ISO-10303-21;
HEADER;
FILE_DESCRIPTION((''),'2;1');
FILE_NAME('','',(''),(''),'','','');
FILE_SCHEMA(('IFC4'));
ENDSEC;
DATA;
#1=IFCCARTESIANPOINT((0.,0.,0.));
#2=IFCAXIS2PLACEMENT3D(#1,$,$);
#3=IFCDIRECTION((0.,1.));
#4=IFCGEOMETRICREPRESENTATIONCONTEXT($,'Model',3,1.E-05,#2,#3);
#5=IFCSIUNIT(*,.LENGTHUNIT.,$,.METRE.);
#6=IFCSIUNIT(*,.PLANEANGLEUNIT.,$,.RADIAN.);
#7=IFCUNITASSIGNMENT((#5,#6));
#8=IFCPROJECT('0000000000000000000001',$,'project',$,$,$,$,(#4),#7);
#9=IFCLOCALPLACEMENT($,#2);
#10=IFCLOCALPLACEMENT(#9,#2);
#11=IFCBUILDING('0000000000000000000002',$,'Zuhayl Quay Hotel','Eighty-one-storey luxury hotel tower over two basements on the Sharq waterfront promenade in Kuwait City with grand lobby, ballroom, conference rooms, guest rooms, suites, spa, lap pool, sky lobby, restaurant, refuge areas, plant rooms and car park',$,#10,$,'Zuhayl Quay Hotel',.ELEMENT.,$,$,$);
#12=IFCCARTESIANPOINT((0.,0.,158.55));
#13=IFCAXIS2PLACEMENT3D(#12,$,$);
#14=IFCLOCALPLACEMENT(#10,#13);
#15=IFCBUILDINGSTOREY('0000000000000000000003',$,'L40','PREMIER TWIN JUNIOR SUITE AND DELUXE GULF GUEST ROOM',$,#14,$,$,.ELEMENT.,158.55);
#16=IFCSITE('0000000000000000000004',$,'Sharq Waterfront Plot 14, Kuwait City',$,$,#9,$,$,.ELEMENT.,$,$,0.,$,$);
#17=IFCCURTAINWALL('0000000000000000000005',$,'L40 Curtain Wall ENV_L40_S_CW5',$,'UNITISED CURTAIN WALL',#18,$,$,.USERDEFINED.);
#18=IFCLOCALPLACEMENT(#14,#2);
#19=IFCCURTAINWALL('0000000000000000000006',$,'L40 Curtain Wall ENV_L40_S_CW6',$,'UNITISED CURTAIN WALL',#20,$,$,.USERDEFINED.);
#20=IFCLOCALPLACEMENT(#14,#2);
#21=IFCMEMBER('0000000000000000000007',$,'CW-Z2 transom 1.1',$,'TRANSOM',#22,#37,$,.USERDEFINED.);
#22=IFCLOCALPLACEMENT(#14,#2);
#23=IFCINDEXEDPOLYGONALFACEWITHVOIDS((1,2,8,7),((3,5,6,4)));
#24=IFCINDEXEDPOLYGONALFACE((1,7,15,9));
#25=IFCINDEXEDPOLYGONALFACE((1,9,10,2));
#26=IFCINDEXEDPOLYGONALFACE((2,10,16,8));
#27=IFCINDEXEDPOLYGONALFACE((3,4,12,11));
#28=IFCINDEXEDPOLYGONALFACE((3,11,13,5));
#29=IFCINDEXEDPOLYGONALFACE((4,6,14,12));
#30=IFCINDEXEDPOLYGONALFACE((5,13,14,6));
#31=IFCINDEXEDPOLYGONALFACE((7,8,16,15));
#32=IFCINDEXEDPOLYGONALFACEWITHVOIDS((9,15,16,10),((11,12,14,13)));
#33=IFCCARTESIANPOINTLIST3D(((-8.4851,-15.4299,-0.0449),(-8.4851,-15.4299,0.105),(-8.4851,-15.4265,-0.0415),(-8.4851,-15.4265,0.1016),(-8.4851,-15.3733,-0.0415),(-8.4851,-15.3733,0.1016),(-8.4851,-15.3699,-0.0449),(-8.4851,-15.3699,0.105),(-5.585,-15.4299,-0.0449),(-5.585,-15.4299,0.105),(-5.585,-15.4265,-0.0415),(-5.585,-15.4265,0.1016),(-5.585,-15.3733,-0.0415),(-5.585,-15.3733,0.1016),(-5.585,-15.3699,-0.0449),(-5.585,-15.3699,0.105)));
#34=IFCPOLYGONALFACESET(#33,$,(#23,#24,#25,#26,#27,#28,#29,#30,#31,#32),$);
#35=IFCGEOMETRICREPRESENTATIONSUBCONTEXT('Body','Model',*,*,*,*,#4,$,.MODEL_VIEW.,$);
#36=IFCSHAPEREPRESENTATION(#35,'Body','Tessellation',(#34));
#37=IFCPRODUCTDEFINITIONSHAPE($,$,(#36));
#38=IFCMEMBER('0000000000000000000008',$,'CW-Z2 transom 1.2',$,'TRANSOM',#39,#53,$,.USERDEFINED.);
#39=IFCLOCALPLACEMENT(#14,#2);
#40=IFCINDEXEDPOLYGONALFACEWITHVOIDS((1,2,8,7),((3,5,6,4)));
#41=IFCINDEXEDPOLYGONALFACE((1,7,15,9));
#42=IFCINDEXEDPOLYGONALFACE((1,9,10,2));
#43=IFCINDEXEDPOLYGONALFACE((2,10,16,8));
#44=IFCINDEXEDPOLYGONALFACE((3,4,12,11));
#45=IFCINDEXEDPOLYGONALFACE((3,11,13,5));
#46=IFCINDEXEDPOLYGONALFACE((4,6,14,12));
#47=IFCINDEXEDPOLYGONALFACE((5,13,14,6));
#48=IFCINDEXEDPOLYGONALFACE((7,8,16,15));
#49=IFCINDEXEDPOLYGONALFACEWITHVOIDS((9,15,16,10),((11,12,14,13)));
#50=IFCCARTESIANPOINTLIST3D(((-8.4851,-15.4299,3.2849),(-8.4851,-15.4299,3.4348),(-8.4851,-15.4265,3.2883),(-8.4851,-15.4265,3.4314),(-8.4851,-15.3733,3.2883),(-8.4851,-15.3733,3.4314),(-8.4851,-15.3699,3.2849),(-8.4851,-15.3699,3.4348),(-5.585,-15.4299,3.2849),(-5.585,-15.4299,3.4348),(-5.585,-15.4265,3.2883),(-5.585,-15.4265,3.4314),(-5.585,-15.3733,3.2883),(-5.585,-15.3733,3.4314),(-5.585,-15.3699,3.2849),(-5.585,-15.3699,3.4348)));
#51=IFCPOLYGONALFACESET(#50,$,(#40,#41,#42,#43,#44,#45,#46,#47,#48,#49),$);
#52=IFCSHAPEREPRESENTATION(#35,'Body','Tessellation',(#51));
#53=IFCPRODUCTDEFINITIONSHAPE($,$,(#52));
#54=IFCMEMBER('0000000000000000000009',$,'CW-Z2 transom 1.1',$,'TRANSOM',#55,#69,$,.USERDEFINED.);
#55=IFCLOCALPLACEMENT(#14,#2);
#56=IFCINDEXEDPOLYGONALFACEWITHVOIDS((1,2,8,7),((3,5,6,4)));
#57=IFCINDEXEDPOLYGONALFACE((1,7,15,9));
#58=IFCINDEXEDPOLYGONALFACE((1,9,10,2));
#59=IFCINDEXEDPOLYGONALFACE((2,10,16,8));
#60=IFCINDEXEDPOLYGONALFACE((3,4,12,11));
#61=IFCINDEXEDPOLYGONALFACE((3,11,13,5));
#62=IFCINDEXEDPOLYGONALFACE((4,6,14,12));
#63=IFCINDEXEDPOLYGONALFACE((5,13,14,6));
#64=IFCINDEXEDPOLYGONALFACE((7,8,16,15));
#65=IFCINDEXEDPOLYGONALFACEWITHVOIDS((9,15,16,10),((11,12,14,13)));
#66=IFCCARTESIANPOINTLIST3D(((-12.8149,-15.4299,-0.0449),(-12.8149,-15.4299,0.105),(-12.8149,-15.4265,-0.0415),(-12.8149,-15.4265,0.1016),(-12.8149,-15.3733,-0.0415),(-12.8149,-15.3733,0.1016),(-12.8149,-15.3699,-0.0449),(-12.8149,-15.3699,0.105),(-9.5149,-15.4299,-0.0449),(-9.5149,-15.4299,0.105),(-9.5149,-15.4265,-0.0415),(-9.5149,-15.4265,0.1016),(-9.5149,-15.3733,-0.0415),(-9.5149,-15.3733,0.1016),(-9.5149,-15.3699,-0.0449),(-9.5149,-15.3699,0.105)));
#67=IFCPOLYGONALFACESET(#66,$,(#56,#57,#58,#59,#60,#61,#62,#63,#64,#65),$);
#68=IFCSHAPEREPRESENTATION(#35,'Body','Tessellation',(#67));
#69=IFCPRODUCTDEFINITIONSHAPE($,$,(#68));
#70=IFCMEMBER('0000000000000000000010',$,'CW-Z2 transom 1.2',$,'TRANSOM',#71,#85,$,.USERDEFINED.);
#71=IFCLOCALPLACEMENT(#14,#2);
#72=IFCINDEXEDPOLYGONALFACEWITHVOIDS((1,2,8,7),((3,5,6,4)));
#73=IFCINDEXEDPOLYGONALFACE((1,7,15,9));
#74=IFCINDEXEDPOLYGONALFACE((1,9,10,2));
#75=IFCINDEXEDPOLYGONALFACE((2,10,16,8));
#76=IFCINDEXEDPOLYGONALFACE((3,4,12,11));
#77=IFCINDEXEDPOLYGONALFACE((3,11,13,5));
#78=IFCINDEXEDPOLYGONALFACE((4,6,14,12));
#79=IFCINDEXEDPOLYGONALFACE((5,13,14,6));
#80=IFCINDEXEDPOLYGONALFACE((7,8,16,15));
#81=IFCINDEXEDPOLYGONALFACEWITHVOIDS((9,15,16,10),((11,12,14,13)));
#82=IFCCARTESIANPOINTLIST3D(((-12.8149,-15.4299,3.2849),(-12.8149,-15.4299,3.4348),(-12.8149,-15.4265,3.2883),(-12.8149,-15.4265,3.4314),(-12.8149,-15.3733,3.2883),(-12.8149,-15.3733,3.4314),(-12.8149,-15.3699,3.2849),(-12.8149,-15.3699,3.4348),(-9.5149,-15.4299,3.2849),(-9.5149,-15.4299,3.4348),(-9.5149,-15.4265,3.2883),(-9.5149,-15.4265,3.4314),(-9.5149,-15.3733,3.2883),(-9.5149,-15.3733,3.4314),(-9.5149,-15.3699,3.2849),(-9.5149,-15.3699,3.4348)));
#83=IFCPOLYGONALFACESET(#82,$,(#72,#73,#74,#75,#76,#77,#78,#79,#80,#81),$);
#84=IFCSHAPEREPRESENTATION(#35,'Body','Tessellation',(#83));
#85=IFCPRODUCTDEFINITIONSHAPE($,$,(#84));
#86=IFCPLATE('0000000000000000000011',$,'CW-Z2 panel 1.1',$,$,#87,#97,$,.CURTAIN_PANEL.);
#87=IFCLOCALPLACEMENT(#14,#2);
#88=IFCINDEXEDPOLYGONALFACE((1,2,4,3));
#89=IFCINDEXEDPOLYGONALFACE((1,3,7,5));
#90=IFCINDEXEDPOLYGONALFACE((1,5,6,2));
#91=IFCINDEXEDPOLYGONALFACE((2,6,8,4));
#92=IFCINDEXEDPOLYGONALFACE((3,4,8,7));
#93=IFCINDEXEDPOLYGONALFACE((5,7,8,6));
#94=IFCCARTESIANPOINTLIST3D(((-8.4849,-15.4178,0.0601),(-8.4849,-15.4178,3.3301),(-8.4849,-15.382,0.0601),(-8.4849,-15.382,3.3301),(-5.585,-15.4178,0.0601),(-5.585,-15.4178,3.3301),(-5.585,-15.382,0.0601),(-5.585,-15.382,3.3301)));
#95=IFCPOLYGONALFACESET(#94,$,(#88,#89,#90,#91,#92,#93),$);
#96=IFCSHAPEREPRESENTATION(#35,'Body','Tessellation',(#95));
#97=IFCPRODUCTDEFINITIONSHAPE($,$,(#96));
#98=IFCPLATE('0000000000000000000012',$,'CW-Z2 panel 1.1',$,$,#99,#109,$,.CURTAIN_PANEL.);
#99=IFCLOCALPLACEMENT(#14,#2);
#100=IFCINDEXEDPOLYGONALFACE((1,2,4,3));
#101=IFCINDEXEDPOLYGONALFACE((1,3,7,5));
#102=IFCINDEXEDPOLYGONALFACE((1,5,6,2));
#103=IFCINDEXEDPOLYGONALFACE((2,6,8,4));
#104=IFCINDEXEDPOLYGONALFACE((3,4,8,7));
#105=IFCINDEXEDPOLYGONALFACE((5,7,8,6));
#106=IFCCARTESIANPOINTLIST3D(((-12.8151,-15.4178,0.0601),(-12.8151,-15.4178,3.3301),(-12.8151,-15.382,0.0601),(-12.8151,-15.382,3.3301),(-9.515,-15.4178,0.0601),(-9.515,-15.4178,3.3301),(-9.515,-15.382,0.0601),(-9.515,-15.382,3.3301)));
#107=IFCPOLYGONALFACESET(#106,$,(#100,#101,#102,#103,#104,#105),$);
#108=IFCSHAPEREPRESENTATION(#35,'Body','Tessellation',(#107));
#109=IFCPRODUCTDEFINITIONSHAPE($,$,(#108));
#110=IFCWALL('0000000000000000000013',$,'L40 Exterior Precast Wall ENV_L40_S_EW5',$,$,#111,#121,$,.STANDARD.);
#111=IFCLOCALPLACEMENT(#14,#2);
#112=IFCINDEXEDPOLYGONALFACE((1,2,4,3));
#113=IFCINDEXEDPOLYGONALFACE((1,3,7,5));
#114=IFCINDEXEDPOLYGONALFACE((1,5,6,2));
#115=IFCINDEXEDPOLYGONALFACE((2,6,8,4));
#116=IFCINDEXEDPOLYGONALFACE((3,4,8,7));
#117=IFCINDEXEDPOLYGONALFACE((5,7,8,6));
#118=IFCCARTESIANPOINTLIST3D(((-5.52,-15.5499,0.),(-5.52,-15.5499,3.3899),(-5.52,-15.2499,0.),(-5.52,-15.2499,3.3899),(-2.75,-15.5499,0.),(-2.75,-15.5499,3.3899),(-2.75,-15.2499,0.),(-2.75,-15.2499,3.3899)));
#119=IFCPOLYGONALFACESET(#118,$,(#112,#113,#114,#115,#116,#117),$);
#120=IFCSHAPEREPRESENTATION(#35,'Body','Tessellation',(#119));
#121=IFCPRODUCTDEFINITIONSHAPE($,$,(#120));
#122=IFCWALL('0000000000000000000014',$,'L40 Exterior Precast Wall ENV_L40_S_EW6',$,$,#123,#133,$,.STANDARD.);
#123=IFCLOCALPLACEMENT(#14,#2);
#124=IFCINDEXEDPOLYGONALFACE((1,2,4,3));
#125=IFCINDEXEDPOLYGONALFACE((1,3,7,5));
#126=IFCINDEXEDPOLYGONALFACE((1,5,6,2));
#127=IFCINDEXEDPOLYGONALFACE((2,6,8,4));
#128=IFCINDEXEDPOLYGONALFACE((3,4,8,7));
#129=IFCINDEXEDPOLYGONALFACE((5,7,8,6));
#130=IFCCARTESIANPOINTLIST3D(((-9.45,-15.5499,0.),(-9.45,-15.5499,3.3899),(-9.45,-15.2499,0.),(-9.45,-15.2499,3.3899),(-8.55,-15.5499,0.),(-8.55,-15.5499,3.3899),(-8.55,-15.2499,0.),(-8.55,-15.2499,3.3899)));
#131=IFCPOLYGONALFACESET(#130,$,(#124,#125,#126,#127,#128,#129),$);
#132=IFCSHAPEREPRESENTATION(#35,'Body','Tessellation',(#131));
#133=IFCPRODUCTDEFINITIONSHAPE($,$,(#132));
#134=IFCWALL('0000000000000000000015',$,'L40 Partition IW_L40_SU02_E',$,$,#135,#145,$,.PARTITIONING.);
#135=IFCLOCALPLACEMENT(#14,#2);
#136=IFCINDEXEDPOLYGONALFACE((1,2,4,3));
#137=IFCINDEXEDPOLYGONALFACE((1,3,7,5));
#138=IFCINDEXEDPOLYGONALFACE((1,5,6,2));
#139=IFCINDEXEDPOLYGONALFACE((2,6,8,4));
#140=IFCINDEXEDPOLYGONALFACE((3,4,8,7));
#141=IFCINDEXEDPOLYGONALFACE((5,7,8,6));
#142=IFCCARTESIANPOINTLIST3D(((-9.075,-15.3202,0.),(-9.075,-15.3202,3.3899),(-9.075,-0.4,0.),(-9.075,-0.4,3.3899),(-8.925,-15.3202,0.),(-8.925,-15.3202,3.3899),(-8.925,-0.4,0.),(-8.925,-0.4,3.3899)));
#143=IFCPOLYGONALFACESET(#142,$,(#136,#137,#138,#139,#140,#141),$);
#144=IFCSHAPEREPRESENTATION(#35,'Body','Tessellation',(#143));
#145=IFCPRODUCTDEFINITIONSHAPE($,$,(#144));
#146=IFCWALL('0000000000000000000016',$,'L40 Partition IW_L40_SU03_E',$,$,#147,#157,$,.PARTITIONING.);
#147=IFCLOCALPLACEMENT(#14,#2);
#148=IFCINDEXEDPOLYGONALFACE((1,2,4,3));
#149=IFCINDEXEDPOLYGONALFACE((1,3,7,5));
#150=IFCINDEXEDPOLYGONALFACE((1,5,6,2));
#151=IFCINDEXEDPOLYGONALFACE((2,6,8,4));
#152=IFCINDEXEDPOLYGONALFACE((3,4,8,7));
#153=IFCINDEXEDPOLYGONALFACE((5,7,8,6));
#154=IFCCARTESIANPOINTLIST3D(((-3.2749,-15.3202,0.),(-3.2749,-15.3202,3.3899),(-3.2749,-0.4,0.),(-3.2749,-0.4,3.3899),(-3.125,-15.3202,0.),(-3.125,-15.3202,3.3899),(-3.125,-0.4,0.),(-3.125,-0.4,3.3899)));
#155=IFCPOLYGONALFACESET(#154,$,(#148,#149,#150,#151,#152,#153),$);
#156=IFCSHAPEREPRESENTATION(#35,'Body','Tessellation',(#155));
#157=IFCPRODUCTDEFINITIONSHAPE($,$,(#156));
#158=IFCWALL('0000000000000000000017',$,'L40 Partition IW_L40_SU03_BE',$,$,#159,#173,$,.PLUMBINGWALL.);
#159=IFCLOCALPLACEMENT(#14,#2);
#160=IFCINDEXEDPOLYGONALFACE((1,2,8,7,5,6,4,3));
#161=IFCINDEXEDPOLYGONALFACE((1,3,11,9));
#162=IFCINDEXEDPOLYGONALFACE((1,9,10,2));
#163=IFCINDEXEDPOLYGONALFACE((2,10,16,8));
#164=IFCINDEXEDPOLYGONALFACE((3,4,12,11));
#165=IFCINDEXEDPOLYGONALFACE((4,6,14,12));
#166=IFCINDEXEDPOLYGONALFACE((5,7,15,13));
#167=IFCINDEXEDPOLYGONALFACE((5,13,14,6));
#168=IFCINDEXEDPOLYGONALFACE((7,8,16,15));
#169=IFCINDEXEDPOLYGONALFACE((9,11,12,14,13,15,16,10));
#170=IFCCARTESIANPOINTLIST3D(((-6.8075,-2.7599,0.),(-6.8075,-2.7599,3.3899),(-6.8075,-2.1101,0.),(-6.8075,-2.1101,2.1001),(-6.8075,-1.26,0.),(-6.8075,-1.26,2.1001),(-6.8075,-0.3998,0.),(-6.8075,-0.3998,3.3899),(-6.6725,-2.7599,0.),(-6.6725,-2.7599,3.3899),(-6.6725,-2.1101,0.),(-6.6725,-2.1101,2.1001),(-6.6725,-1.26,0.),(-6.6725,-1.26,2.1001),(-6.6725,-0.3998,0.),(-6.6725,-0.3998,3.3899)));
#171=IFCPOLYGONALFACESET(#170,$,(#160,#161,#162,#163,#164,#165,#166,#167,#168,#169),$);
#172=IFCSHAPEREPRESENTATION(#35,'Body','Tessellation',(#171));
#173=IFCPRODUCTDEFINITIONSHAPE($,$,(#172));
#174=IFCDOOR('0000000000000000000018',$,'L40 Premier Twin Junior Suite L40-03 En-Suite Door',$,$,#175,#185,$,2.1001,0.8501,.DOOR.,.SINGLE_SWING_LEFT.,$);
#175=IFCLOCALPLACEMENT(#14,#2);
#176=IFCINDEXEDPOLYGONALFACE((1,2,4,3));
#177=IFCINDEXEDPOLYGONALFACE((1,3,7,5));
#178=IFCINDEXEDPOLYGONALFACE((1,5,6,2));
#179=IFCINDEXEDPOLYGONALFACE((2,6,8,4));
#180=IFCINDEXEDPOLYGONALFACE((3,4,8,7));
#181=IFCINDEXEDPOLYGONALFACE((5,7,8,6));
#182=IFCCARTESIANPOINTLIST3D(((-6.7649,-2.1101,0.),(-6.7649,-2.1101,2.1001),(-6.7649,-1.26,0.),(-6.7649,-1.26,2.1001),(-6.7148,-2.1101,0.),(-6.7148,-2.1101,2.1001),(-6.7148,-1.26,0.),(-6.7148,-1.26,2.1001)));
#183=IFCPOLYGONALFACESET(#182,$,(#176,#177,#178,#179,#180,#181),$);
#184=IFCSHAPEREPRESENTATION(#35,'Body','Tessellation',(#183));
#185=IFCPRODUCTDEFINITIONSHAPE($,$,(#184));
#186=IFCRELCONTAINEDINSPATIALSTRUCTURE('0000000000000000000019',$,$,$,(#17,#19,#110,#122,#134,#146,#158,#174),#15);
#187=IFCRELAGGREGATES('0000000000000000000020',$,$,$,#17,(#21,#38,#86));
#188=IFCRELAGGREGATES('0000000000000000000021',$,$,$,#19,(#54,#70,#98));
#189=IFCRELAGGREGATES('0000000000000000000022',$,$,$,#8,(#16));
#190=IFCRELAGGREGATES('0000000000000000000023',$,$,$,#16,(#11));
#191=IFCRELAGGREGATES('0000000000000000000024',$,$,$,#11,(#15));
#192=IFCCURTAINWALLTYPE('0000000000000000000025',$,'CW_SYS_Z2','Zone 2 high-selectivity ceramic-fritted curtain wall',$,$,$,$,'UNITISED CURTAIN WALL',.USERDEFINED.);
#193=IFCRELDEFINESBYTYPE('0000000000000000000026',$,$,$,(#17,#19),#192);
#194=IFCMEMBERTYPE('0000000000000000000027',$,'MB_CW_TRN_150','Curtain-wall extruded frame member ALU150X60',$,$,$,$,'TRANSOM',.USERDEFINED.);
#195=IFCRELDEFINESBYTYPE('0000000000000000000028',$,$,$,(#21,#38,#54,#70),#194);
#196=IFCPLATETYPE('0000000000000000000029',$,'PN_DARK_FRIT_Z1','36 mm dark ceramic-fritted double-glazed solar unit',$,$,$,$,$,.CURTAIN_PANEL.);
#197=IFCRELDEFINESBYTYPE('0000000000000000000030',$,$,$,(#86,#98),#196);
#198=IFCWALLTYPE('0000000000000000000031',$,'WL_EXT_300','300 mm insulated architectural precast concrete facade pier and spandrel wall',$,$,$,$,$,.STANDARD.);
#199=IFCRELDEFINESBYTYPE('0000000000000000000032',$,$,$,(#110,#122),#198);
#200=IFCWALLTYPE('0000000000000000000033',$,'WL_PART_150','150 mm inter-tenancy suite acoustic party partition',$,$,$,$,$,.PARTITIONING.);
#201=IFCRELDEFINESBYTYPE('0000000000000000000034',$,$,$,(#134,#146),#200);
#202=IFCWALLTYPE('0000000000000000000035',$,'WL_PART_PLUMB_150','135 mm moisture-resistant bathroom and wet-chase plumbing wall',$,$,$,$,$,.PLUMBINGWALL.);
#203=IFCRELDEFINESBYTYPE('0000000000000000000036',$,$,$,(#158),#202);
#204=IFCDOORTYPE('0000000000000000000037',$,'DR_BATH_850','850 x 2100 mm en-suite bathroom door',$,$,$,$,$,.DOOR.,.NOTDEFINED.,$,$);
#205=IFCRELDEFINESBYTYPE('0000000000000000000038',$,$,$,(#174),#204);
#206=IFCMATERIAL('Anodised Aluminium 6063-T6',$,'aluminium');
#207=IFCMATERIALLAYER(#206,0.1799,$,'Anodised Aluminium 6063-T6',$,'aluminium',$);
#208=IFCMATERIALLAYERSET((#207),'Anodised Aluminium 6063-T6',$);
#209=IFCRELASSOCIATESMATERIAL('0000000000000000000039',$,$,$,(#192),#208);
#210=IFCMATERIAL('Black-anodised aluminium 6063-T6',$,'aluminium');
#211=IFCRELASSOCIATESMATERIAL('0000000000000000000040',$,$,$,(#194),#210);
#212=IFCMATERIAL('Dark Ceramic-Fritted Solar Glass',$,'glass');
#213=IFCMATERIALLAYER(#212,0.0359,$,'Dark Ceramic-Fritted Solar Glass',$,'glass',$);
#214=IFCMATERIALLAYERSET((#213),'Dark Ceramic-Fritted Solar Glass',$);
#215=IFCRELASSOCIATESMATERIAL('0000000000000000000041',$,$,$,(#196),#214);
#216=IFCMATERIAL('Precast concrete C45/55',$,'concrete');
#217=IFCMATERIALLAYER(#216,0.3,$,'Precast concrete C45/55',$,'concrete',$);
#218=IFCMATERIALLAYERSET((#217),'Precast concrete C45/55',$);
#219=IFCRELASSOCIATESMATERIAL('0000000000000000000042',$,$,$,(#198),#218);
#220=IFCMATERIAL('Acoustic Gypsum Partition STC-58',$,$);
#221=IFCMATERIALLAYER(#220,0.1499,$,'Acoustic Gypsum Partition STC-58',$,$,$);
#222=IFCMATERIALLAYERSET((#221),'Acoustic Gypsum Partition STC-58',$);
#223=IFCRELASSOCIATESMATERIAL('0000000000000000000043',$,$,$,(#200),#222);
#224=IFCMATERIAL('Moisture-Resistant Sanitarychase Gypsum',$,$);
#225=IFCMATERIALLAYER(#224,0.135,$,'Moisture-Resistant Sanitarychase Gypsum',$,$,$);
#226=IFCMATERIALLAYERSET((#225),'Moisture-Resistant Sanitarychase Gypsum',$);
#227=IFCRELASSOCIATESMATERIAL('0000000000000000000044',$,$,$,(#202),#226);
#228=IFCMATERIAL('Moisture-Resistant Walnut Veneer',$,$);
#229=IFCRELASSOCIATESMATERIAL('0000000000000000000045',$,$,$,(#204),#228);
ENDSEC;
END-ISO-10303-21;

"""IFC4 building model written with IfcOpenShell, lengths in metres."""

from ifc_helpers import new_model, si_unit, direction, frame, frame_2d, origin, origin_2d, place, context, subcontext, project, spatial, rectangle, hollow_rectangle, extrude, material, layer, layer_set, material_profile, profile_set, type_object, element, fill, aggregate, save


model = new_model("IFC4")

# Units and contexts
model_context = context("Model", 3, precision=1e-05, world=origin(), true_north=direction((0.0, 1.0)))
body_context = subcontext(model_context, "Body", "Model", "MODEL_VIEW")
ifc_project = project(units=[si_unit("LENGTHUNIT", "METRE"), si_unit("PLANEANGLEUNIT", "RADIAN")], contexts=[model_context])

# Site, building, storey
site_placement = place(None, origin())
site = spatial("IfcSite", under=ifc_project, at=site_placement, Name="Sharq Waterfront Plot 14, Kuwait City", CompositionType="ELEMENT", RefElevation=0.0)
building_placement = place(site_placement, origin())
building = spatial("IfcBuilding", under=site, at=building_placement, Name="Zuhayl Quay Hotel", Description="Eighty-one-storey luxury hotel tower over two basements on the Sharq waterfront promenade in Kuwait City with grand lobby, ballroom, conference rooms, guest rooms, suites, spa, lap pool, sky lobby, restaurant, refuge areas, plant rooms and car park", LongName="Zuhayl Quay Hotel", CompositionType="ELEMENT")
storey_placement = place(building_placement, frame((0.0, 0.0, 158.55)))
storey = spatial("IfcBuildingStorey", under=building, at=storey_placement, Name="L40", Description="PREMIER TWIN JUNIOR SUITE AND DELUXE GULF GUEST ROOM", CompositionType="ELEMENT", Elevation=158.55)

# Shared definitions
ifc_material_1 = material(Name="Anodised Aluminium 6063-T6", Category="aluminium")
ifc_layer_1 = layer(ifc_material_1, 0.1799, Name="Anodised Aluminium 6063-T6", Category="aluminium")
ifc_layer_set_1 = layer_set([ifc_layer_1], Name="Anodised Aluminium 6063-T6")
curtain_wall_type = type_object("IfcCurtainWallType", Name="CW_SYS_Z2", Description="Zone 2 high-selectivity ceramic-fritted curtain wall", ElementType="UNITISED CURTAIN WALL", PredefinedType="USERDEFINED", material=ifc_layer_set_1)
ifc_material_2 = material(Name="Black-anodised aluminium 6063-T6", Category="aluminium")

# Curtain wall
curtain_wall_1_placement = place(storey_placement, origin())
curtain_wall_1 = element("IfcCurtainWall", 1, at=curtain_wall_1_placement, inside=storey, type_object=curtain_wall_type, Name="L40 Curtain Wall ENV_L40_S_CW5", ObjectType="UNITISED CURTAIN WALL", PredefinedType="USERDEFINED")

# Curtain wall
curtain_wall_2_placement = place(storey_placement, origin())
curtain_wall_2 = element("IfcCurtainWall", 2, at=curtain_wall_2_placement, inside=storey, type_object=curtain_wall_type, Name="L40 Curtain Wall ENV_L40_S_CW6", ObjectType="UNITISED CURTAIN WALL", PredefinedType="USERDEFINED")

# Members
ifc_material_profile_1 = material_profile(ifc_material_2, hollow_rectangle(XDim=0.0601, YDim=0.1499, WallThickness=0.0034, at=origin_2d()), Name="ALU150X60")
ifc_profile_set_1 = profile_set([ifc_material_profile_1], Name="Black-anodised aluminium 6063-T6")
member_type_1 = type_object("IfcMemberType", Name="MB_CW_TRN_150", Description="Curtain-wall extruded frame member ALU150X60", ElementType="TRANSOM", PredefinedType="USERDEFINED", material=ifc_profile_set_1)
member_1_placement = place(storey_placement, frame((-5.585, -15.3999, 0.03), z_axis=(-1.0, 0.0, 0.0), x_axis=(0.0, -1.0, 0.0)))
member_1 = element("IfcMember", 3, at=member_1_placement, type_object=member_type_1, Name="CW-Z2 transom 1.1", ObjectType="TRANSOM", PredefinedType="USERDEFINED", context=body_context, shape_type="SweptSolid", body=[
    extrude(hollow_rectangle(XDim=0.0601, YDim=0.1499, WallThickness=0.0034, at=origin_2d()), origin(), (0.0, 0.0, 1.0), 2.9001),
])
member_2_placement = place(storey_placement, frame((-5.585, -15.3999, 3.3599), z_axis=(-1.0, 0.0, 0.0), x_axis=(0.0, -1.0, 0.0)))
member_2 = element("IfcMember", 4, at=member_2_placement, type_object=member_type_1, Name="CW-Z2 transom 1.2", ObjectType="TRANSOM", PredefinedType="USERDEFINED", context=body_context, shape_type="SweptSolid", body=[
    extrude(hollow_rectangle(XDim=0.0601, YDim=0.1499, WallThickness=0.0034, at=origin_2d()), origin(), (0.0, 0.0, 1.0), 2.9001),
])
member_3_placement = place(storey_placement, frame((-9.5149, -15.3999, 0.03), z_axis=(-1.0, 0.0, 0.0), x_axis=(0.0, -1.0, 0.0)))
member_3 = element("IfcMember", 5, at=member_3_placement, type_object=member_type_1, Name="CW-Z2 transom 1.1", ObjectType="TRANSOM", PredefinedType="USERDEFINED", context=body_context, shape_type="SweptSolid", body=[
    extrude(hollow_rectangle(XDim=0.0601, YDim=0.1499, WallThickness=0.0034, at=origin_2d()), origin(), (0.0, 0.0, 1.0), 3.3),
])
member_4_placement = place(storey_placement, frame((-9.5149, -15.3999, 3.3599), z_axis=(-1.0, 0.0, 0.0), x_axis=(0.0, -1.0, 0.0)))
member_4 = element("IfcMember", 6, at=member_4_placement, type_object=member_type_1, Name="CW-Z2 transom 1.2", ObjectType="TRANSOM", PredefinedType="USERDEFINED", context=body_context, shape_type="SweptSolid", body=[
    extrude(hollow_rectangle(XDim=0.0601, YDim=0.1499, WallThickness=0.0034, at=origin_2d()), origin(), (0.0, 0.0, 1.0), 3.3),
])

# Plates
ifc_material_3 = material(Name="Dark Ceramic-Fritted Solar Glass", Category="glass")
ifc_layer_2 = layer(ifc_material_3, 0.0359, Name="Dark Ceramic-Fritted Solar Glass", Category="glass")
ifc_layer_set_2 = layer_set([ifc_layer_2], Name="Dark Ceramic-Fritted Solar Glass")
plate_type = type_object("IfcPlateType", Name="PN_DARK_FRIT_Z1", Description="36 mm dark ceramic-fritted double-glazed solar unit", PredefinedType="CURTAIN_PANEL", material=ifc_layer_set_2)
plate_1_placement = place(storey_placement, frame((-7.0349, -15.3999, 0.0601), z_axis=(0.0, 0.0, 1.0), x_axis=(-1.0, 0.0, 0.0)))
plate_1 = element("IfcPlate", 7, at=plate_1_placement, type_object=plate_type, Name="CW-Z2 panel 1.1", PredefinedType="CURTAIN_PANEL", context=body_context, shape_type="SweptSolid", body=[
    extrude(rectangle(XDim=2.8999, YDim=0.0359, at=origin_2d()), origin(), (0.0, 0.0, 1.0), 3.27),
])
aggregate(curtain_wall_1, [member_1, member_2, plate_1])
plate_2_placement = place(storey_placement, frame((-11.165, -15.3999, 0.0601), z_axis=(0.0, 0.0, 1.0), x_axis=(-1.0, 0.0, 0.0)))
plate_2 = element("IfcPlate", 8, at=plate_2_placement, type_object=plate_type, Name="CW-Z2 panel 1.1", PredefinedType="CURTAIN_PANEL", context=body_context, shape_type="SweptSolid", body=[
    extrude(rectangle(XDim=3.3, YDim=0.0359, at=origin_2d()), origin(), (0.0, 0.0, 1.0), 3.27),
])
aggregate(curtain_wall_2, [member_3, member_4, plate_2])

# Walls
ifc_material_4 = material(Name="Precast concrete C45/55", Category="concrete")
ifc_layer_3 = layer(ifc_material_4, 0.3, Name="Precast concrete C45/55", Category="concrete")
ifc_layer_set_3 = layer_set([ifc_layer_3], Name="Precast concrete C45/55")
wall_type_1 = type_object("IfcWallType", Name="WL_EXT_300", Description="300 mm insulated architectural precast concrete facade pier and spandrel wall", PredefinedType="STANDARD", material=ifc_layer_set_3)
wall_1_placement = place(storey_placement, frame((-2.75, -15.3999, 0.0), z_axis=(0.0, 0.0, 1.0), x_axis=(-1.0, 0.0, 0.0)))
element("IfcWall", 9, at=wall_1_placement, inside=storey, type_object=wall_type_1, Name="L40 Exterior Precast Wall ENV_L40_S_EW5", PredefinedType="STANDARD", context=body_context, shape_type="SweptSolid", body=[
    extrude(rectangle(XDim=2.77, YDim=0.3, at=frame_2d((1.385, 0.0))), origin(), (0.0, 0.0, 1.0), 3.3899),
])
wall_2_placement = place(storey_placement, frame((-8.55, -15.3999, 0.0), z_axis=(0.0, 0.0, 1.0), x_axis=(-1.0, 0.0, 0.0)))
element("IfcWall", 10, at=wall_2_placement, inside=storey, type_object=wall_type_1, Name="L40 Exterior Precast Wall ENV_L40_S_EW6", PredefinedType="STANDARD", context=body_context, shape_type="SweptSolid", body=[
    extrude(rectangle(XDim=0.8999, YDim=0.3, at=frame_2d((0.45, 0.0))), origin(), (0.0, 0.0, 1.0), 3.3899),
])
ifc_material_5 = material(Name="Acoustic Gypsum Partition STC-58")
ifc_layer_4 = layer(ifc_material_5, 0.1499, Name="Acoustic Gypsum Partition STC-58")
ifc_layer_set_4 = layer_set([ifc_layer_4], Name="Acoustic Gypsum Partition STC-58")
wall_type_2 = type_object("IfcWallType", Name="WL_PART_150", Description="150 mm inter-tenancy suite acoustic party partition", PredefinedType="PARTITIONING", material=ifc_layer_set_4)
for number, where, z_axis, x_axis, name in (
    (11, (-9.0, -15.3201, 0.0), (0.0, 0.0, 1.0), (0.0, 1.0, 0.0), "L40 Partition IW_L40_SU02_E"),
    (12, (-3.2, -15.3201, 0.0), (0.0, 0.0, 1.0), (0.0, 1.0, 0.0), "L40 Partition IW_L40_SU03_E"),
):
    element("IfcWall", number, at=place(storey_placement, frame(where, z_axis=z_axis, x_axis=x_axis)), inside=storey, type_object=wall_type_2, Name=name, PredefinedType="PARTITIONING", context=body_context, shape_type="SweptSolid", body=[
        extrude(rectangle(XDim=14.9202, YDim=0.1499, at=frame_2d((7.46, 0.0))), origin(), (0.0, 0.0, 1.0), 3.3899),
    ])

# Wall, opening, door
ifc_material_6 = material(Name="Moisture-Resistant Sanitarychase Gypsum")
ifc_layer_5 = layer(ifc_material_6, 0.135, Name="Moisture-Resistant Sanitarychase Gypsum")
ifc_layer_set_5 = layer_set([ifc_layer_5], Name="Moisture-Resistant Sanitarychase Gypsum")
wall_type_3 = type_object("IfcWallType", Name="WL_PART_PLUMB_150", Description="135 mm moisture-resistant bathroom and wet-chase plumbing wall", PredefinedType="PLUMBINGWALL", material=ifc_layer_set_5)
wall_3_placement = place(storey_placement, frame((-6.74, -2.76, 0.0), z_axis=(0.0, 0.0, 1.0), x_axis=(0.0, 1.0, 0.0)))
wall_3 = element("IfcWall", 13, at=wall_3_placement, inside=storey, type_object=wall_type_3, Name="L40 Partition IW_L40_SU03_BE", PredefinedType="PLUMBINGWALL", context=body_context, shape_type="SweptSolid", body=[
    extrude(rectangle(XDim=2.3601, YDim=0.135, at=frame_2d((1.1802, 0.0))), origin(), (0.0, 0.0, 1.0), 3.3899),
])
opening_placement = place(wall_3_placement, frame((0.6499, 0.0, 0.0)))
opening = element("IfcOpeningElement", 14, at=opening_placement, cuts=wall_3, PredefinedType="OPENING", context=body_context, shape_type="SweptSolid", body=[
    extrude(rectangle(XDim=0.8501, YDim=2.1001, at=frame_2d((0.425, 1.05))), frame((0.0, 0.0774, 0.0), z_axis=(0.0, -1.0, 0.0), x_axis=(1.0, 0.0, 0.0)), (0.0, 0.0, 1.0), 0.155),
])
ifc_material_7 = material(Name="Moisture-Resistant Walnut Veneer")
door_type = type_object("IfcDoorType", Name="DR_BATH_850", Description="850 x 2100 mm en-suite bathroom door", OperationType="NOTDEFINED", PredefinedType="DOOR", material=ifc_material_7)
door_placement = place(opening_placement, origin())
door = element("IfcDoor", 15, at=door_placement, inside=storey, type_object=door_type, Name="L40 Premier Twin Junior Suite L40-03 En-Suite Door", OperationType="SINGLE_SWING_LEFT", OverallHeight=2.1001, OverallWidth=0.8501, PredefinedType="DOOR", context=body_context, shape_type="SweptSolid", body=[
    extrude(rectangle(XDim=0.8501, YDim=2.1001, at=frame_2d((0.425, 1.05))), frame((0.0, 0.0249, 0.0), z_axis=(0.0, -1.0, 0.0), x_axis=(1.0, 0.0, 0.0)), (0.0, 0.0, 1.0), 0.05),
])
fill(opening, door)

save(model, "model.ifc")
